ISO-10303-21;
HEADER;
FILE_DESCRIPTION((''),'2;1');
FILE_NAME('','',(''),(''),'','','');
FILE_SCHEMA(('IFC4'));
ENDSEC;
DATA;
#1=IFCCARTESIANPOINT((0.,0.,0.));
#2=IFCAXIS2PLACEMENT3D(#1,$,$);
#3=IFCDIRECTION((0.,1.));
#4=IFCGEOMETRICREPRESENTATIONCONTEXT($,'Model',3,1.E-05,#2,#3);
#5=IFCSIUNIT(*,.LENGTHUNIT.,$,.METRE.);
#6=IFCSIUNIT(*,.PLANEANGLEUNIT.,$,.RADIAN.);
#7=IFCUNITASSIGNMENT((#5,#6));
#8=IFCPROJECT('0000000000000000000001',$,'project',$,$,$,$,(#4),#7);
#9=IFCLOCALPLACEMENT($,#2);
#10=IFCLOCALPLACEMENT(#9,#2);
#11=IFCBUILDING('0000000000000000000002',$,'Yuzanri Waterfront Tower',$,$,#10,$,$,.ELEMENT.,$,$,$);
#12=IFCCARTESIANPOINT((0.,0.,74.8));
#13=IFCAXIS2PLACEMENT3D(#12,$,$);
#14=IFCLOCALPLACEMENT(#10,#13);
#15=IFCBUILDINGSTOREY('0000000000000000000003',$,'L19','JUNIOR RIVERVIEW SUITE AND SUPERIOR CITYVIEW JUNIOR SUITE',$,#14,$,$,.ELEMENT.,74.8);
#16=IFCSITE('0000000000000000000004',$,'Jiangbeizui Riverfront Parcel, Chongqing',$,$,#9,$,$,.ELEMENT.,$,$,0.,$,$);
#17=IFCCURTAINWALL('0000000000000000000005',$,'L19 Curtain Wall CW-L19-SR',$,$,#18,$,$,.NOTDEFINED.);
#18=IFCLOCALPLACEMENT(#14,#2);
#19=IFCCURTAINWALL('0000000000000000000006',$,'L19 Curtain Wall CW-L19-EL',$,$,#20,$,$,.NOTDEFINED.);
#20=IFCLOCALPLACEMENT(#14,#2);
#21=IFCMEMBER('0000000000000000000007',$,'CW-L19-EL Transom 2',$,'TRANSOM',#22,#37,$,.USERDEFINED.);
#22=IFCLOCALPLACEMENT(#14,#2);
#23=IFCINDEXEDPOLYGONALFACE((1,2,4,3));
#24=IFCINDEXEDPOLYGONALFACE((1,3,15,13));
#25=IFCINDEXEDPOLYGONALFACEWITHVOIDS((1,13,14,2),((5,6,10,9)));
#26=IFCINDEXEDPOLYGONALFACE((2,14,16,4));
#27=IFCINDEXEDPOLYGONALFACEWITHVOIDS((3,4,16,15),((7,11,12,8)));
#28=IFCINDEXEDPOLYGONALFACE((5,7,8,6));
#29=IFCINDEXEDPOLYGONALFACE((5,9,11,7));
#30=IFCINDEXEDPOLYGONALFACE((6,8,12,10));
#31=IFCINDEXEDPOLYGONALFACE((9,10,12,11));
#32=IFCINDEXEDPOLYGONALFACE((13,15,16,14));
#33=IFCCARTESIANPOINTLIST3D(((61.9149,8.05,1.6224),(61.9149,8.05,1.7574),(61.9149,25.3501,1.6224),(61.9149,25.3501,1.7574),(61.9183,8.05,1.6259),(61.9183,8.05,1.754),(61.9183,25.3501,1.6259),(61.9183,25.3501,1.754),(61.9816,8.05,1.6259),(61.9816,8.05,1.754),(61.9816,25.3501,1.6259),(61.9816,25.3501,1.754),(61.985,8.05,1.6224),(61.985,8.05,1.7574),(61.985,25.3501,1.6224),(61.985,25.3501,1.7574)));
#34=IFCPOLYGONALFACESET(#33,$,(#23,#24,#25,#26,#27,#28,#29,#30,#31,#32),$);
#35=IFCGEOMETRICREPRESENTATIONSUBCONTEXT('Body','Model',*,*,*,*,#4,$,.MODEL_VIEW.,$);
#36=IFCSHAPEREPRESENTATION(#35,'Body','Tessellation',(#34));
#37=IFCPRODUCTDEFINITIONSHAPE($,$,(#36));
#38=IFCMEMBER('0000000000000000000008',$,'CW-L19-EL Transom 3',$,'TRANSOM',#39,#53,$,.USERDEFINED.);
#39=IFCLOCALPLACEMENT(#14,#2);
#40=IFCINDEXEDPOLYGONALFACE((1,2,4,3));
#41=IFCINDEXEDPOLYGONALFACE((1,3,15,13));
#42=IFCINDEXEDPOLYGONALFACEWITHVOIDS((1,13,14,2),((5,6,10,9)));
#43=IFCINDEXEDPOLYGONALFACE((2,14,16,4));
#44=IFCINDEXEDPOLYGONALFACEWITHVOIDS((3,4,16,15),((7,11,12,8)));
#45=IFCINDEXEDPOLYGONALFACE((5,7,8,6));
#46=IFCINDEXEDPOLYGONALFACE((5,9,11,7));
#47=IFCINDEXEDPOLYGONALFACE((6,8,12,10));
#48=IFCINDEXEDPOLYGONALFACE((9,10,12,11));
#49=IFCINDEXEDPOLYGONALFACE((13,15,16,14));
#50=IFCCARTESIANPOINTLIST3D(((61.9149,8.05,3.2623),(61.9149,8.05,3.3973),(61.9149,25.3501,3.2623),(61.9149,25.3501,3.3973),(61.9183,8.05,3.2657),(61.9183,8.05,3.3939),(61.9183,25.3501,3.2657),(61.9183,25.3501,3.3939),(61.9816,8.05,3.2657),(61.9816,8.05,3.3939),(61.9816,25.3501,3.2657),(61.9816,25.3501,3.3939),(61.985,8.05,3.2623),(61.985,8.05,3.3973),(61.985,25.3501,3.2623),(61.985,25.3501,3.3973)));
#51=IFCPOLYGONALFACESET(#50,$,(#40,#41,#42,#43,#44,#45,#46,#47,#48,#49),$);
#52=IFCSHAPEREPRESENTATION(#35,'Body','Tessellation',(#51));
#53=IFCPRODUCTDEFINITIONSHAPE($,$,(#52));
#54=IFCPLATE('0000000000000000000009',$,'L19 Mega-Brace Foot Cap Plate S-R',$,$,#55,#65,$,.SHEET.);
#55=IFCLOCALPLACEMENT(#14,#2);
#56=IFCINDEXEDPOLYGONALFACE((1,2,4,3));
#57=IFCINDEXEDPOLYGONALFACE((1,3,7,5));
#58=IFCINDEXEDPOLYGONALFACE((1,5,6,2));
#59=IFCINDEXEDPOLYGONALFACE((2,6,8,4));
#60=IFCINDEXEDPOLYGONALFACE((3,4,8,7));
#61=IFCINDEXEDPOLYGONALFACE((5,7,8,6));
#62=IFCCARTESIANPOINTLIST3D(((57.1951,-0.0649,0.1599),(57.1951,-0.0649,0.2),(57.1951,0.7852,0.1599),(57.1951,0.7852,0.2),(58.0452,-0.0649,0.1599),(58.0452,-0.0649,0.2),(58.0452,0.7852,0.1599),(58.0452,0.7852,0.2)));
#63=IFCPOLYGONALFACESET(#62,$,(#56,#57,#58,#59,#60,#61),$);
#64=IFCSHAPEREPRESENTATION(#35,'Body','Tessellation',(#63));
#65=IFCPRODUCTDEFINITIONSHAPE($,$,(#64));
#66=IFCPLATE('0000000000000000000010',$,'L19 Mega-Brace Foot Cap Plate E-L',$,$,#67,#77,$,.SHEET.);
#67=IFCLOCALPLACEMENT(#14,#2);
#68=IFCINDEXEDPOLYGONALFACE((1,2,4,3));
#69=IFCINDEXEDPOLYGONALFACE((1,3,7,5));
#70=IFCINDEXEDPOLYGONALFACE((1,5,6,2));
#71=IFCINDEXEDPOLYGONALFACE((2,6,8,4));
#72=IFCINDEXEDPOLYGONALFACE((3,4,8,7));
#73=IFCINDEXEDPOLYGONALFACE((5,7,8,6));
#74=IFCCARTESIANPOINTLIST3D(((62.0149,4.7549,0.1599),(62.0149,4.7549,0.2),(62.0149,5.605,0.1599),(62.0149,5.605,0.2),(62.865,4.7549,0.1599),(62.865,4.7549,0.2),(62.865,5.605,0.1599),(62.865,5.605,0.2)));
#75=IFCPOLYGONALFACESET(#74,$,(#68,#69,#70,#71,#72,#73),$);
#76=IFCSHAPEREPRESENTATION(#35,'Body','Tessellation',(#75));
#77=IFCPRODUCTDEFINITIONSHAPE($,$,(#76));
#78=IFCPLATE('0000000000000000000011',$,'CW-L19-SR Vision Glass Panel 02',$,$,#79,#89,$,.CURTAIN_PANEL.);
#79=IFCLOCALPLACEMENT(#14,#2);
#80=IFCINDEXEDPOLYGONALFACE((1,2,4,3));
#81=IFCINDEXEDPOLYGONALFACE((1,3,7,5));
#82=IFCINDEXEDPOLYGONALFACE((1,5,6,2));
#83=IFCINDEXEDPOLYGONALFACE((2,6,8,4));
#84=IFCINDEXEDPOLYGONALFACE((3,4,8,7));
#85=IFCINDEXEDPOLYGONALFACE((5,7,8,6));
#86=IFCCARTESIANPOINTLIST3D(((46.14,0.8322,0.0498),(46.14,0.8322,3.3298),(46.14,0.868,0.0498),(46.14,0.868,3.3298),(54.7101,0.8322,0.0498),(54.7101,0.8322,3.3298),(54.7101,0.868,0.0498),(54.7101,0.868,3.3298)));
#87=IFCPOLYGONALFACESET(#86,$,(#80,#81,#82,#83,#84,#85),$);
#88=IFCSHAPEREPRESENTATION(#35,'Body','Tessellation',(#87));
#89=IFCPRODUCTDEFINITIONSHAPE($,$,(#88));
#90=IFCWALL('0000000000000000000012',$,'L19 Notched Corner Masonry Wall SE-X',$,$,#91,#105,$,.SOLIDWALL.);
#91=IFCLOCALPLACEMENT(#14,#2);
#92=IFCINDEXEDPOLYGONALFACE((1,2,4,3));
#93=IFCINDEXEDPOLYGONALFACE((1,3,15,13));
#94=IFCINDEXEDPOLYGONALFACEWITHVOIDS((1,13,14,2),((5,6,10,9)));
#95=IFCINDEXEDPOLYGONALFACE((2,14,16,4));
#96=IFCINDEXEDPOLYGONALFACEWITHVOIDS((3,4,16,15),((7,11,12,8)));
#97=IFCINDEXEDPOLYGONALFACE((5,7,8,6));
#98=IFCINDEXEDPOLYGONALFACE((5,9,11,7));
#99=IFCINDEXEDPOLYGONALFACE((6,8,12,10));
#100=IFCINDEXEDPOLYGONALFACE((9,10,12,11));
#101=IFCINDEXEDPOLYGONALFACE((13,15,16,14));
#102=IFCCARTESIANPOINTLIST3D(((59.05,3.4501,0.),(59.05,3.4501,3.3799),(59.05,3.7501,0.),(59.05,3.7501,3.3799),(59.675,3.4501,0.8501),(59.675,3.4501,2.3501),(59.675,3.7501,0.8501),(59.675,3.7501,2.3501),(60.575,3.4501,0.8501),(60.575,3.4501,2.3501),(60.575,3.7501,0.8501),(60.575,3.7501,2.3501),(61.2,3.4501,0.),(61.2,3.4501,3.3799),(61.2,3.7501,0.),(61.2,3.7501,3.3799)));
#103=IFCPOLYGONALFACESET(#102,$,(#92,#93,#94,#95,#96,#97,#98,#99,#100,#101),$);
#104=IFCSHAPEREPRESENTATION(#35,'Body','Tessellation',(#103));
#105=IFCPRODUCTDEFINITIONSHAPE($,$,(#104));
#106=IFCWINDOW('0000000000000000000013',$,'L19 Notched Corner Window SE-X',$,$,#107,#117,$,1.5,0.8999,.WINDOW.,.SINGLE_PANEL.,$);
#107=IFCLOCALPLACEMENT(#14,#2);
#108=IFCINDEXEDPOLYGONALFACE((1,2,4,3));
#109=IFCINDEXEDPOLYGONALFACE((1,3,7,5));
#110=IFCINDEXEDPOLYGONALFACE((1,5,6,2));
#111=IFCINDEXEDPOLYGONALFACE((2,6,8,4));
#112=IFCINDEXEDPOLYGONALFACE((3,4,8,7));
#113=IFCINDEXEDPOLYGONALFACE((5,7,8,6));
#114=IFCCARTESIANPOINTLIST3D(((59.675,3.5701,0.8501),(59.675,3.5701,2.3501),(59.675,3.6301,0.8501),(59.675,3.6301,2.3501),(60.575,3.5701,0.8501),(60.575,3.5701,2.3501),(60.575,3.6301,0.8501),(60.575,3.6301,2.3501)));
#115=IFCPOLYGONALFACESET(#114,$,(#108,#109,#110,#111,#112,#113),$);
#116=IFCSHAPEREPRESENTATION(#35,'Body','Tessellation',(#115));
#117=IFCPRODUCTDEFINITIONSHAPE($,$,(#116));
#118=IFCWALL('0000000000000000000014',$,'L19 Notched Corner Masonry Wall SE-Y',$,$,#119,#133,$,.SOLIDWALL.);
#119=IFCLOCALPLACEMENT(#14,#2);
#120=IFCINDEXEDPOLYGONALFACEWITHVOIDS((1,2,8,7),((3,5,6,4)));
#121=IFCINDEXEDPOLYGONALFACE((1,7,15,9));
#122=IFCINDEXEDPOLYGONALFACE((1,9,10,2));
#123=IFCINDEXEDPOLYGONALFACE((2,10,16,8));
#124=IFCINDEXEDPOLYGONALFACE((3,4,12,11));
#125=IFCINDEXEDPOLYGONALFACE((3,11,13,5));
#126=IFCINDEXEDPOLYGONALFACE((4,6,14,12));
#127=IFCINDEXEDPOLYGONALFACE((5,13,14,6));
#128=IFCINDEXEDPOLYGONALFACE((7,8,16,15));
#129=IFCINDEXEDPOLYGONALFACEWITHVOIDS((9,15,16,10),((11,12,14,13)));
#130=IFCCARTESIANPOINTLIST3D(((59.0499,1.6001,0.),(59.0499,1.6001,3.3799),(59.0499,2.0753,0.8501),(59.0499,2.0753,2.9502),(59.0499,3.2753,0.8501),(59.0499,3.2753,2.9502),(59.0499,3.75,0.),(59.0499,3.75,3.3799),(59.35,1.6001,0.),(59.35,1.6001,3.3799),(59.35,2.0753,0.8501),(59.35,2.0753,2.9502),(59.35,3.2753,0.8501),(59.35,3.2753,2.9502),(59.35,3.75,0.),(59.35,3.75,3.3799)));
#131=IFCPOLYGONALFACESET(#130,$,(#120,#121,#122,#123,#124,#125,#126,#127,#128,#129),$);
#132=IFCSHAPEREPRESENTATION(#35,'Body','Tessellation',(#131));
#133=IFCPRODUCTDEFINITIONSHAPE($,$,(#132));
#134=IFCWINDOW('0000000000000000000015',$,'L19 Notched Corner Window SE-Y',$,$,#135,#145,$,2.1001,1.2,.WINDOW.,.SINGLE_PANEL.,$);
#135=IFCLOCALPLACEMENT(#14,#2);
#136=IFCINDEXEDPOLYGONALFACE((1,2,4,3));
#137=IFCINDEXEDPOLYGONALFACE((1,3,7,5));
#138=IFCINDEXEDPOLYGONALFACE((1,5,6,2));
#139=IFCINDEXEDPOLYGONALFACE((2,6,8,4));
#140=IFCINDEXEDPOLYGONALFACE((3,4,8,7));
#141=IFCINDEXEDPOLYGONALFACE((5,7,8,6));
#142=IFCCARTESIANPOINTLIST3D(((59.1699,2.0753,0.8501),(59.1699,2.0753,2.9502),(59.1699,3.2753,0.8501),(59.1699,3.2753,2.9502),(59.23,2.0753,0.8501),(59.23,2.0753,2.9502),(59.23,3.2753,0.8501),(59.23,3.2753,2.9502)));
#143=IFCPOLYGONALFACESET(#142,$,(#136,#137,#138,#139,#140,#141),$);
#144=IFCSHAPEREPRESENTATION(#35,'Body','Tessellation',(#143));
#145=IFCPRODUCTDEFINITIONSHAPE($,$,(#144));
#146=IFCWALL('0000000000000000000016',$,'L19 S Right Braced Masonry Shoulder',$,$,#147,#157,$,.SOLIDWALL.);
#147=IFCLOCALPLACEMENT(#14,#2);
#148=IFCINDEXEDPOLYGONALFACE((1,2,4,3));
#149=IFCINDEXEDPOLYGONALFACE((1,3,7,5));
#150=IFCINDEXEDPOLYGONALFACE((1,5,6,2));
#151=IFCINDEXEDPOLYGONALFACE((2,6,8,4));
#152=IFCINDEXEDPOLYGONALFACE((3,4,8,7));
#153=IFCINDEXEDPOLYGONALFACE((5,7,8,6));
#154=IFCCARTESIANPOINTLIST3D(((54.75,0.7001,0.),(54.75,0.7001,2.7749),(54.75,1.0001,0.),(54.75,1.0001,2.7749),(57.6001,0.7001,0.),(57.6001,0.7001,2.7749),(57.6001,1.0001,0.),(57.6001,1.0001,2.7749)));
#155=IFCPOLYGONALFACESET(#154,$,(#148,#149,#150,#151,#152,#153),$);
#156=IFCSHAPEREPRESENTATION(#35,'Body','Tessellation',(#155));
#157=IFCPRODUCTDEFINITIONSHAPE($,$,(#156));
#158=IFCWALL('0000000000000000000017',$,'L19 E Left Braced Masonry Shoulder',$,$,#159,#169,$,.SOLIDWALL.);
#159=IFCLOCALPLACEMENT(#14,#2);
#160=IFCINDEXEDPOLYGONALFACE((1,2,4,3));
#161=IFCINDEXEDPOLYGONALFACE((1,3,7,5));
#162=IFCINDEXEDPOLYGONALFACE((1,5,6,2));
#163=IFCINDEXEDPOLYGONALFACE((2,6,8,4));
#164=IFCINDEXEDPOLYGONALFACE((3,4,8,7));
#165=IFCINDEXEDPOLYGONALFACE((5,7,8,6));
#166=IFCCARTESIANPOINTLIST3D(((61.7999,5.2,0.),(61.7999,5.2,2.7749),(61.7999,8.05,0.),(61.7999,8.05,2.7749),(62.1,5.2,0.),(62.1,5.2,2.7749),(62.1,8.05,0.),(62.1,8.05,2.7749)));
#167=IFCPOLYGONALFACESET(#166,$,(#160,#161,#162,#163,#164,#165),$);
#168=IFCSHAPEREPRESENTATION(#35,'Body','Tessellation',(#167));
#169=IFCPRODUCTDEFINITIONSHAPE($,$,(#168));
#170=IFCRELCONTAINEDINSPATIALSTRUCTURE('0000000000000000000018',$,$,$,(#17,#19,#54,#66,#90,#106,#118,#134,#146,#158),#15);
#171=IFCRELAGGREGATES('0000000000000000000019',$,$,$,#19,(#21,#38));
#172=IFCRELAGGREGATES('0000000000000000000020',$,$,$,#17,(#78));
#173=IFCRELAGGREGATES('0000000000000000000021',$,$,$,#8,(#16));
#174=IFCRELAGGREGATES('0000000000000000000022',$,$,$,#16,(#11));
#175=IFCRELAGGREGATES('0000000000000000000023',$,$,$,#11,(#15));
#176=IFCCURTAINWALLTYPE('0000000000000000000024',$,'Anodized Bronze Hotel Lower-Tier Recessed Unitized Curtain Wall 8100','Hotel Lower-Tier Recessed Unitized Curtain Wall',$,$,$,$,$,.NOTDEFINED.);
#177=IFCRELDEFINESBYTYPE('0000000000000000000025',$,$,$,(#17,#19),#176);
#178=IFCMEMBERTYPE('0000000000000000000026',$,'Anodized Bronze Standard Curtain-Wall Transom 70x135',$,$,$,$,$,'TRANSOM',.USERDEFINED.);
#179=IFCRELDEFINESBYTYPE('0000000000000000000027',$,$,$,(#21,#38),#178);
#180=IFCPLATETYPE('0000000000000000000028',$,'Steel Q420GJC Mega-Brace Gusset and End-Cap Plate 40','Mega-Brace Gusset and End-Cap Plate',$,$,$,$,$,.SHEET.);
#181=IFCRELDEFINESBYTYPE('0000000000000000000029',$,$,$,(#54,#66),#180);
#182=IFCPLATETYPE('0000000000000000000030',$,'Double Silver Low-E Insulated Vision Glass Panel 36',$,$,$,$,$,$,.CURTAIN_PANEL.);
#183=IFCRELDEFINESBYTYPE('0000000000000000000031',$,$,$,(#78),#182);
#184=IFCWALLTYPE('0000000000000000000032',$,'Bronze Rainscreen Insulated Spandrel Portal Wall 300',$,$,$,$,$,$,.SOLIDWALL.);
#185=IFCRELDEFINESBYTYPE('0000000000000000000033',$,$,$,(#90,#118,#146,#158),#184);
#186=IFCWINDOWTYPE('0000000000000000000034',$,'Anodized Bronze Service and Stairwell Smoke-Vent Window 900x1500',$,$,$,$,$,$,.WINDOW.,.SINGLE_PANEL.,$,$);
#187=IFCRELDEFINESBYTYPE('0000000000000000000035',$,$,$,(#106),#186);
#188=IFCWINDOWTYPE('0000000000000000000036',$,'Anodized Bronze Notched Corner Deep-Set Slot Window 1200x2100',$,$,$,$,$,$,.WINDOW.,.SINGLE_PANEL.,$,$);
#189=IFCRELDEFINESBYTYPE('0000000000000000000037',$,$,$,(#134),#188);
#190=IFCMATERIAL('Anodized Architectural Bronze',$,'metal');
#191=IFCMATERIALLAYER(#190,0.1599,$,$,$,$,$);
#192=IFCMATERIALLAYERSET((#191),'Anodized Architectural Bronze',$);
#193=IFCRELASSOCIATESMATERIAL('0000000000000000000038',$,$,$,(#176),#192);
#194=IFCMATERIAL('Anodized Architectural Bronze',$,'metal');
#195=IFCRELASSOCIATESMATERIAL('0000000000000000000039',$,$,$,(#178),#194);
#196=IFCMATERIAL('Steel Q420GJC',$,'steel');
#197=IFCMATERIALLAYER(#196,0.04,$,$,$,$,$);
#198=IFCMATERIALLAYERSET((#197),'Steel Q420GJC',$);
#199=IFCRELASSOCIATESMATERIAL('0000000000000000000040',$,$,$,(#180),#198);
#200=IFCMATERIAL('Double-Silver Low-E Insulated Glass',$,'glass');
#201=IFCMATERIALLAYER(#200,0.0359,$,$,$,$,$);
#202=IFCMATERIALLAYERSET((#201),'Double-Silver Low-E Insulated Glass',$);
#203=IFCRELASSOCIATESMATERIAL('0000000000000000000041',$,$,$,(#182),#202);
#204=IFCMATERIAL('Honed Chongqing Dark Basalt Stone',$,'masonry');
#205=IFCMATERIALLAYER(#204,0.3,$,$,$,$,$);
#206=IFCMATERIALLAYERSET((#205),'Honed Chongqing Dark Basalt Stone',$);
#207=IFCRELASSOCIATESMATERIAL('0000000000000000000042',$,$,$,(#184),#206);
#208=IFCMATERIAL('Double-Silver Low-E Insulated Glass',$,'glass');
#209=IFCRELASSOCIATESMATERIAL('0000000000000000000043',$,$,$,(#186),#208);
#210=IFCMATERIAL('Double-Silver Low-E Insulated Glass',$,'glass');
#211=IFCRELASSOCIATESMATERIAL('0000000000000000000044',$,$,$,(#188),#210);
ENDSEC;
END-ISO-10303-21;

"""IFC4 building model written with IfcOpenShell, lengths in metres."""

from ifc_helpers import new_model, si_unit, direction, frame, frame_2d, origin, origin_2d, place, context, subcontext, project, spatial, rectangle, hollow_rectangle, extrude, source, transform, mapped, material, layer, layer_set, material_profile, profile_set, type_object, element, fill, aggregate, save


model = new_model("IFC4")

# Units and contexts
model_context = context("Model", 3, precision=1e-05, world=origin(), true_north=direction((0.0, 1.0)))
body_context = subcontext(model_context, "Body", "Model", "MODEL_VIEW")
ifc_project = project(units=[si_unit("LENGTHUNIT", "METRE"), si_unit("PLANEANGLEUNIT", "RADIAN")], contexts=[model_context])

# Site, building, storey
site_placement = place(None, origin())
site = spatial("IfcSite", under=ifc_project, at=site_placement, Name="Jiangbeizui Riverfront Parcel, Chongqing", CompositionType="ELEMENT", RefElevation=0.0)
building_placement = place(site_placement, origin())
building = spatial("IfcBuilding", under=site, at=building_placement, Name="Yuzanri Waterfront Tower", CompositionType="ELEMENT")
storey_placement = place(building_placement, frame((0.0, 0.0, 74.8)))
storey = spatial("IfcBuildingStorey", under=building, at=storey_placement, Name="L19", Description="JUNIOR RIVERVIEW SUITE AND SUPERIOR CITYVIEW JUNIOR SUITE", CompositionType="ELEMENT", Elevation=74.8)

# Curtain walls, members
ifc_material_1 = material(Name="Anodized Architectural Bronze", Category="metal")
ifc_layer_1 = layer(ifc_material_1, 0.1599)
ifc_layer_set_1 = layer_set([ifc_layer_1], Name="Anodized Architectural Bronze")
curtain_wall_type = type_object("IfcCurtainWallType", Name="Anodized Bronze Hotel Lower-Tier Recessed Unitized Curtain Wall 8100", Description="Hotel Lower-Tier Recessed Unitized Curtain Wall", PredefinedType="NOTDEFINED", material=ifc_layer_set_1)
curtain_wall_1_placement = place(storey_placement, origin())
curtain_wall_1 = element("IfcCurtainWall", 1, at=curtain_wall_1_placement, inside=storey, type_object=curtain_wall_type, Name="L19 Curtain Wall CW-L19-SR", PredefinedType="NOTDEFINED")
curtain_wall_2_placement = place(storey_placement, origin())
curtain_wall_2 = element("IfcCurtainWall", 2, at=curtain_wall_2_placement, inside=storey, type_object=curtain_wall_type, Name="L19 Curtain Wall CW-L19-EL", PredefinedType="NOTDEFINED")
ifc_material_2 = material(Name="Anodized Architectural Bronze", Category="metal")
ifc_material_profile_1 = material_profile(ifc_material_2, hollow_rectangle(XDim=0.0701, YDim=0.135, WallThickness=0.0034, at=origin_2d()), Name="CWT 70x135")
ifc_profile_set_1 = profile_set([ifc_material_profile_1], Name="Anodized Architectural Bronze")
member_type_1 = type_object("IfcMemberType", Name="Anodized Bronze Standard Curtain-Wall Transom 70x135", ElementType="TRANSOM", PredefinedType="USERDEFINED", material=ifc_profile_set_1)
shared_shape_1 = source(origin(), body_context, "Body", "SweptSolid", [
    extrude(hollow_rectangle(XDim=0.0701, YDim=0.135, WallThickness=0.0034, at=origin_2d()), origin(), (0.0, 0.0, 1.0), 17.3),
])
member_1_placement = place(storey_placement, frame((61.95, 8.05, 1.6899), z_axis=(0.0, 1.0, 0.0), x_axis=(-1.0, 0.0, 0.0)))
member_1 = element("IfcMember", 3, at=member_1_placement, type_object=member_type_1, Name="CW-L19-EL Transom 2", ObjectType="TRANSOM", PredefinedType="USERDEFINED", context=body_context, shape_type="MappedRepresentation", body=[
    mapped(shared_shape_1, transform((0.0, 0.0, 0.0), scale=1.0)),
])
member_2_placement = place(storey_placement, frame((61.95, 8.05, 3.3298), z_axis=(0.0, 1.0, 0.0), x_axis=(-1.0, 0.0, 0.0)))
member_2 = element("IfcMember", 4, at=member_2_placement, type_object=member_type_1, Name="CW-L19-EL Transom 3", ObjectType="TRANSOM", PredefinedType="USERDEFINED", context=body_context, shape_type="MappedRepresentation", body=[
    mapped(shared_shape_1, transform((0.0, 0.0, 0.0), scale=1.0)),
])
aggregate(curtain_wall_2, [member_1, member_2])

# Plates
ifc_material_3 = material(Name="Steel Q420GJC", Category="steel")
ifc_layer_2 = layer(ifc_material_3, 0.04)
ifc_layer_set_2 = layer_set([ifc_layer_2], Name="Steel Q420GJC")
plate_type_1 = type_object("IfcPlateType", Name="Steel Q420GJC Mega-Brace Gusset and End-Cap Plate 40", Description="Mega-Brace Gusset and End-Cap Plate", PredefinedType="SHEET", material=ifc_layer_set_2)
shared_shape_2 = source(origin(), body_context, "Body", "SweptSolid", [
    extrude(rectangle(XDim=0.8501, YDim=0.8501, at=origin_2d()), origin(), (0.0, 0.0, 1.0), 0.04),
])
for number, where, z_axis, x_axis, name in (
    (5, (57.6201, 0.3601, 0.1599), (0.0, 0.0, 1.0), (1.0, 0.0, 0.0), "L19 Mega-Brace Foot Cap Plate S-R"),
    (6, (62.4399, 5.1799, 0.1599), (0.0, 0.0, 1.0), (1.0, 0.0, 0.0), "L19 Mega-Brace Foot Cap Plate E-L"),
):
    element("IfcPlate", number, at=place(storey_placement, frame(where, z_axis=z_axis, x_axis=x_axis)), inside=storey, type_object=plate_type_1, Name=name, PredefinedType="SHEET", context=body_context, shape_type="MappedRepresentation", body=[
        mapped(shared_shape_2, transform((0.0, 0.0, 0.0), scale=1.0)),
    ])

# Plate
ifc_material_4 = material(Name="Double-Silver Low-E Insulated Glass", Category="glass")
ifc_layer_3 = layer(ifc_material_4, 0.0359)
ifc_layer_set_3 = layer_set([ifc_layer_3], Name="Double-Silver Low-E Insulated Glass")
plate_type_2 = type_object("IfcPlateType", Name="Double Silver Low-E Insulated Vision Glass Panel 36", PredefinedType="CURTAIN_PANEL", material=ifc_layer_set_3)
shared_shape_3 = source(origin(), body_context, "Body", "SweptSolid", [
    extrude(rectangle(XDim=8.5701, YDim=0.0359, at=origin_2d()), origin(), (0.0, 0.0, 1.0), 3.28),
])
plate_placement = place(storey_placement, frame((50.425, 0.8501, 0.0498), z_axis=(0.0, 0.0, 1.0), x_axis=(1.0, 0.0, 0.0)))
plate = element("IfcPlate", 7, at=plate_placement, type_object=plate_type_2, Name="CW-L19-SR Vision Glass Panel 02", PredefinedType="CURTAIN_PANEL", context=body_context, shape_type="MappedRepresentation", body=[
    mapped(shared_shape_3, transform((0.0, 0.0, 0.0), scale=1.0)),
])
aggregate(curtain_wall_1, [plate])

# Walls, openings, windows
ifc_material_5 = material(Name="Honed Chongqing Dark Basalt Stone", Category="masonry")
ifc_layer_4 = layer(ifc_material_5, 0.3)
ifc_layer_set_4 = layer_set([ifc_layer_4], Name="Honed Chongqing Dark Basalt Stone")
wall_type_1 = type_object("IfcWallType", Name="Bronze Rainscreen Insulated Spandrel Portal Wall 300", PredefinedType="SOLIDWALL", material=ifc_layer_set_4)
wall_1_placement = place(storey_placement, frame((59.05, 3.6001, 0.0), z_axis=(0.0, 0.0, 1.0), x_axis=(1.0, 0.0, 0.0)))
wall_1 = element("IfcWall", 8, at=wall_1_placement, inside=storey, type_object=wall_type_1, Name="L19 Notched Corner Masonry Wall SE-X", PredefinedType="SOLIDWALL", context=body_context, shape_type="SweptSolid", body=[
    extrude(rectangle(XDim=2.1499, YDim=0.3, at=frame_2d((1.075, 0.0))), origin(), (0.0, 0.0, 1.0), 3.3799),
])
opening_1_placement = place(wall_1_placement, frame((0.625, 0.0, 0.8501)))
opening_1 = element("IfcOpeningElement", 9, at=opening_1_placement, cuts=wall_1, PredefinedType="OPENING", context=body_context, shape_type="SweptSolid", body=[
    extrude(rectangle(XDim=0.8999, YDim=1.5, at=frame_2d((0.45, 0.75))), frame((0.0, 0.165, 0.0), z_axis=(0.0, -1.0, 0.0), x_axis=(1.0, 0.0, 0.0)), (0.0, 0.0, 1.0), 0.3298),
])
ifc_material_6 = material(Name="Double-Silver Low-E Insulated Glass", Category="glass")
window_type_1 = type_object("IfcWindowType", Name="Anodized Bronze Service and Stairwell Smoke-Vent Window 900x1500", PartitioningType="SINGLE_PANEL", PredefinedType="WINDOW", material=ifc_material_6)
shared_shape_4 = source(origin(), body_context, "Body", "SweptSolid", [
    extrude(rectangle(XDim=0.8999, YDim=1.5, at=frame_2d((0.45, 0.75))), frame((0.0, 0.03, 0.0), z_axis=(0.0, -1.0, 0.0), x_axis=(1.0, 0.0, 0.0)), (0.0, 0.0, 1.0), 0.0601),
])
window_1_placement = place(opening_1_placement, origin())
window_1 = element("IfcWindow", 10, at=window_1_placement, inside=storey, type_object=window_type_1, Name="L19 Notched Corner Window SE-X", OverallHeight=1.5, OverallWidth=0.8999, PartitioningType="SINGLE_PANEL", PredefinedType="WINDOW", context=body_context, shape_type="MappedRepresentation", body=[
    mapped(shared_shape_4, transform((0.0, 0.0, 0.0), scale=1.0)),
])
fill(opening_1, window_1)
wall_2_placement = place(storey_placement, frame((59.2, 1.6001, 0.0), z_axis=(0.0, 0.0, 1.0), x_axis=(0.0, 1.0, 0.0)))
wall_2 = element("IfcWall", 11, at=wall_2_placement, inside=storey, type_object=wall_type_1, Name="L19 Notched Corner Masonry Wall SE-Y", PredefinedType="SOLIDWALL", context=body_context, shape_type="SweptSolid", body=[
    extrude(rectangle(XDim=2.1499, YDim=0.3, at=frame_2d((1.075, 0.0))), origin(), (0.0, 0.0, 1.0), 3.3799),
])
opening_2_placement = place(wall_2_placement, frame((0.4751, 0.0, 0.8501)))
opening_2 = element("IfcOpeningElement", 12, at=opening_2_placement, cuts=wall_2, PredefinedType="OPENING", context=body_context, shape_type="SweptSolid", body=[
    extrude(rectangle(XDim=1.2, YDim=2.1001, at=frame_2d((0.6001, 1.05))), frame((0.0, 0.165, 0.0), z_axis=(0.0, -1.0, 0.0), x_axis=(1.0, 0.0, 0.0)), (0.0, 0.0, 1.0), 0.3298),
])
ifc_material_7 = material(Name="Double-Silver Low-E Insulated Glass", Category="glass")
window_type_2 = type_object("IfcWindowType", Name="Anodized Bronze Notched Corner Deep-Set Slot Window 1200x2100", PartitioningType="SINGLE_PANEL", PredefinedType="WINDOW", material=ifc_material_7)
shared_shape_5 = source(origin(), body_context, "Body", "SweptSolid", [
    extrude(rectangle(XDim=1.2, YDim=2.1001, at=frame_2d((0.6001, 1.05))), frame((0.0, 0.03, 0.0), z_axis=(0.0, -1.0, 0.0), x_axis=(1.0, 0.0, 0.0)), (0.0, 0.0, 1.0), 0.0601),
])
window_2_placement = place(opening_2_placement, origin())
window_2 = element("IfcWindow", 13, at=window_2_placement, inside=storey, type_object=window_type_2, Name="L19 Notched Corner Window SE-Y", OverallHeight=2.1001, OverallWidth=1.2, PartitioningType="SINGLE_PANEL", PredefinedType="WINDOW", context=body_context, shape_type="MappedRepresentation", body=[
    mapped(shared_shape_5, transform((0.0, 0.0, 0.0), scale=1.0)),
])
fill(opening_2, window_2)

# Walls
shared_shape_6 = source(origin(), body_context, "Body", "SweptSolid", [
    extrude(rectangle(XDim=2.8501, YDim=0.3, at=frame_2d((1.425, 0.0))), origin(), (0.0, 0.0, 1.0), 2.7749),
])
for number, where, z_axis, x_axis, name in (
    (14, (54.75, 0.8501, 0.0), (0.0, 0.0, 1.0), (1.0, 0.0, 0.0), "L19 S Right Braced Masonry Shoulder"),
    (15, (61.95, 5.2, 0.0), (0.0, 0.0, 1.0), (0.0, 1.0, 0.0), "L19 E Left Braced Masonry Shoulder"),
):
    element("IfcWall", number, at=place(storey_placement, frame(where, z_axis=z_axis, x_axis=x_axis)), inside=storey, type_object=wall_type_1, Name=name, PredefinedType="SOLIDWALL", context=body_context, shape_type="MappedRepresentation", body=[
        mapped(shared_shape_6, transform((0.0, 0.0, 0.0), scale=1.0)),
    ])

save(model, "model.ifc")
